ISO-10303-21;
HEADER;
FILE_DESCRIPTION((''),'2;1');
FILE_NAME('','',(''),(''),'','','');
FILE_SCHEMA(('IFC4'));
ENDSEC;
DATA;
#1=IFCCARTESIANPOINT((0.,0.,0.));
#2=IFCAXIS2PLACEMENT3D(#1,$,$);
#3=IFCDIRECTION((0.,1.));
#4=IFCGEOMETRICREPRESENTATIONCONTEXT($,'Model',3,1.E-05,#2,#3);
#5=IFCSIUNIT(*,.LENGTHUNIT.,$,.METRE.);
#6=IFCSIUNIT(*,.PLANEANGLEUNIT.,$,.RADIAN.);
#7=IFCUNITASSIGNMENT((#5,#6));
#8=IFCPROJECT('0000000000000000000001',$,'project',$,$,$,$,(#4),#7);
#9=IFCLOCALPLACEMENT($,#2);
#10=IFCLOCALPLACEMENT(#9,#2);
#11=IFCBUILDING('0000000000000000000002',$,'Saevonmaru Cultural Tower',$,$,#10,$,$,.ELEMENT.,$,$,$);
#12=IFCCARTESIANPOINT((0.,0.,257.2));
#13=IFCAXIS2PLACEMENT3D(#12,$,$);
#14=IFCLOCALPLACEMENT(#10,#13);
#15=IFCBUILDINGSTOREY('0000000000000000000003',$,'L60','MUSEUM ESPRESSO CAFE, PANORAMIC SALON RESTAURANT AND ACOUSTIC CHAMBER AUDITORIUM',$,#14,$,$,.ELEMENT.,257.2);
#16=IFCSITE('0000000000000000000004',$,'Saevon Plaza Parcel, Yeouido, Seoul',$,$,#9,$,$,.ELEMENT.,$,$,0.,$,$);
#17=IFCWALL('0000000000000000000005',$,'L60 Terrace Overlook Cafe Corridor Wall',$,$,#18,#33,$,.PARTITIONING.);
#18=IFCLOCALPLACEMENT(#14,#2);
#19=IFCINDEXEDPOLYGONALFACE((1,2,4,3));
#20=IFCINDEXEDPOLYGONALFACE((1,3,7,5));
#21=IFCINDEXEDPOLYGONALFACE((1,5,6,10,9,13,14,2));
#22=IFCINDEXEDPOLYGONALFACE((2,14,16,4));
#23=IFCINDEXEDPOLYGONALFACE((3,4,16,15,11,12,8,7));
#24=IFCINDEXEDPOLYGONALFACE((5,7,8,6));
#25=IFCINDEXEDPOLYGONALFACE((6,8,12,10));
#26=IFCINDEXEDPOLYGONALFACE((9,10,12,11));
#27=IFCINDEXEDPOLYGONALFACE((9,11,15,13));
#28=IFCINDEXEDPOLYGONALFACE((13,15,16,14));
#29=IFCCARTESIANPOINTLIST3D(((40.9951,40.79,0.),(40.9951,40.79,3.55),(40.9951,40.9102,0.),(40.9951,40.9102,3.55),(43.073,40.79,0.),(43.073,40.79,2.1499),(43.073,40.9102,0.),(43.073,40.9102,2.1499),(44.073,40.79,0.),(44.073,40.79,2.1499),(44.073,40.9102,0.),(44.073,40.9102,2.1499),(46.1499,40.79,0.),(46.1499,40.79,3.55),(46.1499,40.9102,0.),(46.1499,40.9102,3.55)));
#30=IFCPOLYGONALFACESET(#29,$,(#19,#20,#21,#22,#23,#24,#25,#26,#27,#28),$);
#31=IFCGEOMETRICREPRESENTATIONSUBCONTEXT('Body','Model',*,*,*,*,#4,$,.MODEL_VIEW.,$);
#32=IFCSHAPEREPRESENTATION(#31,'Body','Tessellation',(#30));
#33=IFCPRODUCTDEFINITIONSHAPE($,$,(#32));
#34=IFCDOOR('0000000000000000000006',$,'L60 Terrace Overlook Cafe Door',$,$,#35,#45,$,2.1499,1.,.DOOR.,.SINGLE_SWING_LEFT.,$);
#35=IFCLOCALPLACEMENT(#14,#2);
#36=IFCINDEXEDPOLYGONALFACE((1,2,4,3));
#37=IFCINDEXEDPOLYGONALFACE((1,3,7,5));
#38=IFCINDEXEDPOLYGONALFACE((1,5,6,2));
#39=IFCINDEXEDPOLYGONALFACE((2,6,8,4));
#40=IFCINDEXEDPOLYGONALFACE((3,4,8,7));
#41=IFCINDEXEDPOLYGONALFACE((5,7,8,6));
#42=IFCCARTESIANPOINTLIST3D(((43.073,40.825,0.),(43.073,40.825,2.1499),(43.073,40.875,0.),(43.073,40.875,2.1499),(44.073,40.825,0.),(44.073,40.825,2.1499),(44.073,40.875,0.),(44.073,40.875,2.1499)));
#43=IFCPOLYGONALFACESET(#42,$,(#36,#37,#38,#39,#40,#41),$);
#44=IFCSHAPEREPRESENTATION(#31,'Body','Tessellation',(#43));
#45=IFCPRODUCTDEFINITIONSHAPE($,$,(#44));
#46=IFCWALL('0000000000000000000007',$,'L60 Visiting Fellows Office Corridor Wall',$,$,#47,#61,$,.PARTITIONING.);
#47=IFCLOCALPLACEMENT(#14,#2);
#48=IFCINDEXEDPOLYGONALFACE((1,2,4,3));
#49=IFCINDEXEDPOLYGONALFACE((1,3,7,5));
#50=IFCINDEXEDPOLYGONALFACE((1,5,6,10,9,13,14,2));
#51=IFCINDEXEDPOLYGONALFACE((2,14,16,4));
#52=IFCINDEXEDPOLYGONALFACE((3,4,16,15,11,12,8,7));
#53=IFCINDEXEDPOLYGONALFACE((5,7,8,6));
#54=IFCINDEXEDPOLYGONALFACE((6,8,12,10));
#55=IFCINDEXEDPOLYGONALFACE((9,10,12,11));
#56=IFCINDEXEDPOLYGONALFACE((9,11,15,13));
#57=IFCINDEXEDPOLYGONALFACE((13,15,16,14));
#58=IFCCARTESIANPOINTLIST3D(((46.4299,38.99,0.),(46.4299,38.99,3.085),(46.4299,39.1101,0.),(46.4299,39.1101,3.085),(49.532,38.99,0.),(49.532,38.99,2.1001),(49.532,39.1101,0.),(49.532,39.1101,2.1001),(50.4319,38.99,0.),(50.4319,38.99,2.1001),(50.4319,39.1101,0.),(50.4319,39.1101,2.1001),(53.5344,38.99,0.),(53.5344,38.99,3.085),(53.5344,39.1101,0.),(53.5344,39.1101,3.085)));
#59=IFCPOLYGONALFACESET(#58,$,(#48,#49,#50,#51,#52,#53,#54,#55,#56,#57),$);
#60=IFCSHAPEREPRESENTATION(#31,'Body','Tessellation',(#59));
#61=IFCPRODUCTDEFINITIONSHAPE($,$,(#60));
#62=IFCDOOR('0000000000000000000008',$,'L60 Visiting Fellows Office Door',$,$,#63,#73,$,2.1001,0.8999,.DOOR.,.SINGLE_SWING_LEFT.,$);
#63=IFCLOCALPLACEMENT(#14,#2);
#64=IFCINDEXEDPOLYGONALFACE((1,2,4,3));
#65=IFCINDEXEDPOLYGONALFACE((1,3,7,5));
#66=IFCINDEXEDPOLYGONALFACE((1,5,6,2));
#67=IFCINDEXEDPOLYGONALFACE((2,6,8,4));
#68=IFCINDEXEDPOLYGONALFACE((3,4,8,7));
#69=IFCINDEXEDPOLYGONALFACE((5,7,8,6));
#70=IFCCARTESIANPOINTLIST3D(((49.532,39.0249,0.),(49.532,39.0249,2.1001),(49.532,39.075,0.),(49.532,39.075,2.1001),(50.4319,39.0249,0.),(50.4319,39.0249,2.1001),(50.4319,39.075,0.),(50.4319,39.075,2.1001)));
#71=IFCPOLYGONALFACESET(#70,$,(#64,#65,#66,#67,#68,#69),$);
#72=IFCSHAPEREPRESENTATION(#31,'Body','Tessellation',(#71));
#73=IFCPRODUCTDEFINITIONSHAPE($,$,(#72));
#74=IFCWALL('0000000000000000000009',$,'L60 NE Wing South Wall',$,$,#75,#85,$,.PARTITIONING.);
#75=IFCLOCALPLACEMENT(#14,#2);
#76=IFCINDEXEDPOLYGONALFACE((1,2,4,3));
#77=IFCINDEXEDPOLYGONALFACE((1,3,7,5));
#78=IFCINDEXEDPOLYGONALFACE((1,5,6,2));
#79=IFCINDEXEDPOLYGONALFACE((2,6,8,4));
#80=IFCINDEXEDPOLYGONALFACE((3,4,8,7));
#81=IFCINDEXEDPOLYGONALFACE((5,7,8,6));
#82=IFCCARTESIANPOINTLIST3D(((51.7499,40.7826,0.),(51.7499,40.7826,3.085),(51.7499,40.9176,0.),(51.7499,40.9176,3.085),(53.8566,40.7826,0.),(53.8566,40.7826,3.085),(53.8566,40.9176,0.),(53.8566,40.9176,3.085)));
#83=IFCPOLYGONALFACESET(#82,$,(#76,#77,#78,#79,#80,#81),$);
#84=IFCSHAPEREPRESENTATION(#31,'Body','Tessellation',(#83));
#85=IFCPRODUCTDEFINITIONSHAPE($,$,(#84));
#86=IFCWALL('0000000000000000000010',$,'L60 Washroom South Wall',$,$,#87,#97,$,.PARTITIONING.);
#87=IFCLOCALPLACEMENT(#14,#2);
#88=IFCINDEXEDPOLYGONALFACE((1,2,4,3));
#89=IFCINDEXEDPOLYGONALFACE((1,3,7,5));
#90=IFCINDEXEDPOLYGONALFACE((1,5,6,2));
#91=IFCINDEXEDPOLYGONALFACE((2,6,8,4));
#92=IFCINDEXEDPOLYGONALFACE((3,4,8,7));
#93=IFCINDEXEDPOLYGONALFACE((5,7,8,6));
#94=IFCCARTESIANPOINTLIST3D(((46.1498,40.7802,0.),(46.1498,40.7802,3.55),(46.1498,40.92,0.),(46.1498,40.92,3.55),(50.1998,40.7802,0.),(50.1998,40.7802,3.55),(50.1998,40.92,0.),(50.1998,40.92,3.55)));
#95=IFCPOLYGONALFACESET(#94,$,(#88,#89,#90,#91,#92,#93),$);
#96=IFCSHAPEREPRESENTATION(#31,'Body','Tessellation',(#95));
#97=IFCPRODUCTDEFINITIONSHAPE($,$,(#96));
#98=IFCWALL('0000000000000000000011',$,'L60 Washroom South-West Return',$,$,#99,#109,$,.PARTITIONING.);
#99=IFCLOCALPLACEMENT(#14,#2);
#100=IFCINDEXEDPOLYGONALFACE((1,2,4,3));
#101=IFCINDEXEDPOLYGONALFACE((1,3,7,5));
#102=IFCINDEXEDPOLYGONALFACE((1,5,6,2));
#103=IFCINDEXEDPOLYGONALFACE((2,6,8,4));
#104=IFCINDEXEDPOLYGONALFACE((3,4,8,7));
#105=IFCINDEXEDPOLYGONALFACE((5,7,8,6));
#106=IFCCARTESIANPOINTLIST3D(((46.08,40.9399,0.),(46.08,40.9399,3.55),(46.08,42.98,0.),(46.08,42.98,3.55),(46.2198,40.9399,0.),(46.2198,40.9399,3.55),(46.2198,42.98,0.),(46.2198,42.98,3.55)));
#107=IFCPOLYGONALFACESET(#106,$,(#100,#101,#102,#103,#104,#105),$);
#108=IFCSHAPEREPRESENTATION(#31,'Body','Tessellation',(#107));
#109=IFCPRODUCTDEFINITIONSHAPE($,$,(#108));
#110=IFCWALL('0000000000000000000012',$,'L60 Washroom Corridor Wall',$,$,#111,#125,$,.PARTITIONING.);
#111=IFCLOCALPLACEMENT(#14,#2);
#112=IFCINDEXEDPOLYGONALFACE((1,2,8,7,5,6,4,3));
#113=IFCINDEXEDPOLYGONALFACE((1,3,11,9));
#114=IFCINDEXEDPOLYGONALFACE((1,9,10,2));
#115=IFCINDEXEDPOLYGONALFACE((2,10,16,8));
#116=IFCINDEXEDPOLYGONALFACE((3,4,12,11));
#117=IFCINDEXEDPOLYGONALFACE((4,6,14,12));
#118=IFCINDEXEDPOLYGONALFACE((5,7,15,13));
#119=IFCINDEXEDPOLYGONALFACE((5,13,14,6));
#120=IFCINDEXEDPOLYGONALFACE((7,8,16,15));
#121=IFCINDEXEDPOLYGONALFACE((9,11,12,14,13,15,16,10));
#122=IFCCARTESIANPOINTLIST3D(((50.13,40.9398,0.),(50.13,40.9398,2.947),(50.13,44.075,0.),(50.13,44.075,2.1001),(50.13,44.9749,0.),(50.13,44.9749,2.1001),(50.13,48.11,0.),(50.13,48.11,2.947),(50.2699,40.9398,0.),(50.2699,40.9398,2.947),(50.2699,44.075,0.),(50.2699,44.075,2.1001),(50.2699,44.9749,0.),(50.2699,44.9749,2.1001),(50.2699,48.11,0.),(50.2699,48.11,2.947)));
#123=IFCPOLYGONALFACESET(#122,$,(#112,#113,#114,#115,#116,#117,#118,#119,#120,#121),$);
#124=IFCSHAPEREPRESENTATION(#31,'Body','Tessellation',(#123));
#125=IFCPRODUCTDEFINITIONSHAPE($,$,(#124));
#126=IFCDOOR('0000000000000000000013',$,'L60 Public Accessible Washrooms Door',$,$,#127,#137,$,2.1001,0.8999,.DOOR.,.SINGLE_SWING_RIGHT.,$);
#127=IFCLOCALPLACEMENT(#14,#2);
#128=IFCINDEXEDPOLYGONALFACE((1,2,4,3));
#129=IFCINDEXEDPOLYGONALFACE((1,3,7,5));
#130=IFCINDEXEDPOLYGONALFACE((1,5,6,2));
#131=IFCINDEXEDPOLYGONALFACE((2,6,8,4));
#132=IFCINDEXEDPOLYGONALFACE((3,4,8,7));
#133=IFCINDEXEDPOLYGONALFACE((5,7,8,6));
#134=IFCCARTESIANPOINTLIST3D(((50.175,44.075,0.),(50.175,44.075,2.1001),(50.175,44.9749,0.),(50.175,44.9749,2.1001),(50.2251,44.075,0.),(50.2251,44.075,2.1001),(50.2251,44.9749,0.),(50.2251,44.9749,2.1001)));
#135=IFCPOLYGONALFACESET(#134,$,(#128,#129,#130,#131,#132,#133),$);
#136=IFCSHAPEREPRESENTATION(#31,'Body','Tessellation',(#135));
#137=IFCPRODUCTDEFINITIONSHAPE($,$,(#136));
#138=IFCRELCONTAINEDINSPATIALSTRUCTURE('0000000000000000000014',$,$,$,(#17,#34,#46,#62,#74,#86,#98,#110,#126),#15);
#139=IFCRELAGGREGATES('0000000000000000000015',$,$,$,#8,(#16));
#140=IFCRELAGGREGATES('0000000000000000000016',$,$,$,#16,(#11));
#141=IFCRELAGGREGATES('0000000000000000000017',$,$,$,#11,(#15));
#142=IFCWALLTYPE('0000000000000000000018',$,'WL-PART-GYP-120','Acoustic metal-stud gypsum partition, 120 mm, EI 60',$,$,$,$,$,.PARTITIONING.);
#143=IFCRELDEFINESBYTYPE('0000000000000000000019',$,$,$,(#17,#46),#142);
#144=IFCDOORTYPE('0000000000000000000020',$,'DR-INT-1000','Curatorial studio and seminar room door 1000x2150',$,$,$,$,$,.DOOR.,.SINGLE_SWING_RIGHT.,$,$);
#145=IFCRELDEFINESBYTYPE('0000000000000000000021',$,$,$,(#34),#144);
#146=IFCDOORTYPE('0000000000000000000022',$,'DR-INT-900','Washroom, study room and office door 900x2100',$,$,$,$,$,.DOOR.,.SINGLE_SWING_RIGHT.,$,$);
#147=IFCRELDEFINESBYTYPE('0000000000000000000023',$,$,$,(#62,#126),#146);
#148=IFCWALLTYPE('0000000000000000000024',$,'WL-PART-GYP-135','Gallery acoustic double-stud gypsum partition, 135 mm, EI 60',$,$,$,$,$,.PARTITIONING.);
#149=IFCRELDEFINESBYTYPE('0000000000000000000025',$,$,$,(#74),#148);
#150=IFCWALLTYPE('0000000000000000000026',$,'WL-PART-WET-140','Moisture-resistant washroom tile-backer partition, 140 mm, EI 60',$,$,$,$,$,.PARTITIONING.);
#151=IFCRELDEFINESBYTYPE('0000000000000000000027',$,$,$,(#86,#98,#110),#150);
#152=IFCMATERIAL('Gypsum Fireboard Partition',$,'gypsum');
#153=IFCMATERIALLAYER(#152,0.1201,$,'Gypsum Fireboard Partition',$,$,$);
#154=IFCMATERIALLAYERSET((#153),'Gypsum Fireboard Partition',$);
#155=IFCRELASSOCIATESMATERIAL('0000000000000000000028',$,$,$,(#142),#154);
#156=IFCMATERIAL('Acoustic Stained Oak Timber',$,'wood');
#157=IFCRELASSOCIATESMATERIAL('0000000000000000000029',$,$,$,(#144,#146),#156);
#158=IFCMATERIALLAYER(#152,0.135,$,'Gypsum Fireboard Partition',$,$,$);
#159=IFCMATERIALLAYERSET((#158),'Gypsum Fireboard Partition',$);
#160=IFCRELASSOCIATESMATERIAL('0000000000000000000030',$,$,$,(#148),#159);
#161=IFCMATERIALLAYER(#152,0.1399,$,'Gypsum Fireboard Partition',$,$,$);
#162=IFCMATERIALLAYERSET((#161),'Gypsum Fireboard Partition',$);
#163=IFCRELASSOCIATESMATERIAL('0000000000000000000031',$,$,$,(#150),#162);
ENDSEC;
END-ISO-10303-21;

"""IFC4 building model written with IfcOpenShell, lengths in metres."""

from ifc_helpers import new_model, si_unit, direction, frame, frame_2d, origin, place, context, subcontext, project, spatial, rectangle, extrude, material, layer, layer_set, type_object, element, fill, save


model = new_model("IFC4")

# Units and contexts
model_context = context("Model", 3, precision=1e-05, world=origin(), true_north=direction((0.0, 1.0)))
body_context = subcontext(model_context, "Body", "Model", "MODEL_VIEW")
ifc_project = project(units=[si_unit("LENGTHUNIT", "METRE"), si_unit("PLANEANGLEUNIT", "RADIAN")], contexts=[model_context])

# Site, building, storey
site_placement = place(None, origin())
site = spatial("IfcSite", under=ifc_project, at=site_placement, Name="Saevon Plaza Parcel, Yeouido, Seoul", CompositionType="ELEMENT", RefElevation=0.0)
building_placement = place(site_placement, origin())
building = spatial("IfcBuilding", under=site, at=building_placement, Name="Saevonmaru Cultural Tower", CompositionType="ELEMENT")
storey_placement = place(building_placement, frame((0.0, 0.0, 257.2)))
storey = spatial("IfcBuildingStorey", under=building, at=storey_placement, Name="L60", Description="MUSEUM ESPRESSO CAFE, PANORAMIC SALON RESTAURANT AND ACOUSTIC CHAMBER AUDITORIUM", CompositionType="ELEMENT", Elevation=257.2)

# Walls, openings, doors
ifc_material_1 = material(Name="Gypsum Fireboard Partition", Category="gypsum")
ifc_layer_1 = layer(ifc_material_1, 0.1201, Name="Gypsum Fireboard Partition")
ifc_layer_set_1 = layer_set([ifc_layer_1], Name="Gypsum Fireboard Partition")
wall_type_1 = type_object("IfcWallType", Name="WL-PART-GYP-120", Description="Acoustic metal-stud gypsum partition, 120 mm, EI 60", PredefinedType="PARTITIONING", material=ifc_layer_set_1)
wall_1_placement = place(storey_placement, frame((40.9951, 40.8501, 0.0), z_axis=(0.0, 0.0, 1.0), x_axis=(1.0, 0.0, 0.0)))
wall_1 = element("IfcWall", 1, at=wall_1_placement, inside=storey, type_object=wall_type_1, Name="L60 Terrace Overlook Cafe Corridor Wall", PredefinedType="PARTITIONING", context=body_context, shape_type="SweptSolid", body=[
    extrude(rectangle(XDim=5.1548, YDim=0.1201, at=frame_2d((2.5774, 0.0))), origin(), (0.0, 0.0, 1.0), 3.55),
])
opening_1_placement = place(wall_1_placement, frame((2.0779, 0.0, 0.0)))
opening_1 = element("IfcOpeningElement", 2, at=opening_1_placement, cuts=wall_1, PredefinedType="OPENING", context=body_context, shape_type="SweptSolid", body=[
    extrude(rectangle(XDim=1.0, YDim=2.1499, at=frame_2d((0.5, 1.075))), frame((0.0, 0.0701, 0.0), z_axis=(0.0, -1.0, 0.0), x_axis=(1.0, 0.0, 0.0)), (0.0, 0.0, 1.0), 0.1401),
])
ifc_material_2 = material(Name="Acoustic Stained Oak Timber", Category="wood")
door_type_1 = type_object("IfcDoorType", Name="DR-INT-1000", Description="Curatorial studio and seminar room door 1000x2150", OperationType="SINGLE_SWING_RIGHT", PredefinedType="DOOR", material=ifc_material_2)
door_1_placement = place(opening_1_placement, origin())
door_1 = element("IfcDoor", 3, at=door_1_placement, inside=storey, type_object=door_type_1, Name="L60 Terrace Overlook Cafe Door", OperationType="SINGLE_SWING_LEFT", OverallHeight=2.1499, OverallWidth=1.0, PredefinedType="DOOR", context=body_context, shape_type="SweptSolid", body=[
    extrude(rectangle(XDim=1.0, YDim=2.1499, at=frame_2d((0.5, 1.075))), frame((0.0, 0.0249, 0.0), z_axis=(0.0, -1.0, 0.0), x_axis=(1.0, 0.0, 0.0)), (0.0, 0.0, 1.0), 0.05),
])
fill(opening_1, door_1)
wall_2_placement = place(storey_placement, frame((46.4299, 39.05, 0.0), z_axis=(0.0, 0.0, 1.0), x_axis=(1.0, 0.0, 0.0)))
wall_2 = element("IfcWall", 4, at=wall_2_placement, inside=storey, type_object=wall_type_1, Name="L60 Visiting Fellows Office Corridor Wall", PredefinedType="PARTITIONING", context=body_context, shape_type="SweptSolid", body=[
    extrude(rectangle(XDim=7.1045, YDim=0.1201, at=frame_2d((3.5522, 0.0))), origin(), (0.0, 0.0, 1.0), 3.085),
])
opening_2_placement = place(wall_2_placement, frame((3.1021, 0.0, 0.0)))
opening_2 = element("IfcOpeningElement", 5, at=opening_2_placement, cuts=wall_2, PredefinedType="OPENING", context=body_context, shape_type="SweptSolid", body=[
    extrude(rectangle(XDim=0.8999, YDim=2.1001, at=frame_2d((0.45, 1.05))), frame((0.0, 0.0701, 0.0), z_axis=(0.0, -1.0, 0.0), x_axis=(1.0, 0.0, 0.0)), (0.0, 0.0, 1.0), 0.1401),
])
door_type_2 = type_object("IfcDoorType", Name="DR-INT-900", Description="Washroom, study room and office door 900x2100", OperationType="SINGLE_SWING_RIGHT", PredefinedType="DOOR", material=ifc_material_2)
door_2_placement = place(opening_2_placement, origin())
door_2 = element("IfcDoor", 6, at=door_2_placement, inside=storey, type_object=door_type_2, Name="L60 Visiting Fellows Office Door", OperationType="SINGLE_SWING_LEFT", OverallHeight=2.1001, OverallWidth=0.8999, PredefinedType="DOOR", context=body_context, shape_type="SweptSolid", body=[
    extrude(rectangle(XDim=0.8999, YDim=2.1001, at=frame_2d((0.45, 1.05))), frame((0.0, 0.0249, 0.0), z_axis=(0.0, -1.0, 0.0), x_axis=(1.0, 0.0, 0.0)), (0.0, 0.0, 1.0), 0.05),
])
fill(opening_2, door_2)

# Walls
ifc_layer_2 = layer(ifc_material_1, 0.135, Name="Gypsum Fireboard Partition")
ifc_layer_set_2 = layer_set([ifc_layer_2], Name="Gypsum Fireboard Partition")
wall_type_2 = type_object("IfcWallType", Name="WL-PART-GYP-135", Description="Gallery acoustic double-stud gypsum partition, 135 mm, EI 60", PredefinedType="PARTITIONING", material=ifc_layer_set_2)
wall_3_placement = place(storey_placement, frame((51.75, 40.8501, 0.0), z_axis=(0.0, 0.0, 1.0), x_axis=(1.0, 0.0, 0.0)))
element("IfcWall", 7, at=wall_3_placement, inside=storey, type_object=wall_type_2, Name="L60 NE Wing South Wall", PredefinedType="PARTITIONING", context=body_context, shape_type="SweptSolid", body=[
    extrude(rectangle(XDim=2.1067, YDim=0.135, at=frame_2d((1.0532, 0.0))), origin(), (0.0, 0.0, 1.0), 3.085),
])
ifc_layer_3 = layer(ifc_material_1, 0.1399, Name="Gypsum Fireboard Partition")
ifc_layer_set_3 = layer_set([ifc_layer_3], Name="Gypsum Fireboard Partition")
wall_type_3 = type_object("IfcWallType", Name="WL-PART-WET-140", Description="Moisture-resistant washroom tile-backer partition, 140 mm, EI 60", PredefinedType="PARTITIONING", material=ifc_layer_set_3)
wall_4_placement = place(storey_placement, frame((46.1499, 40.8501, 0.0), z_axis=(0.0, 0.0, 1.0), x_axis=(1.0, 0.0, 0.0)))
element("IfcWall", 8, at=wall_4_placement, inside=storey, type_object=wall_type_3, Name="L60 Washroom South Wall", PredefinedType="PARTITIONING", context=body_context, shape_type="SweptSolid", body=[
    extrude(rectangle(XDim=4.05, YDim=0.1399, at=frame_2d((2.0249, 0.0))), origin(), (0.0, 0.0, 1.0), 3.55),
])
wall_5_placement = place(storey_placement, frame((46.1499, 40.9399, 0.0), z_axis=(0.0, 0.0, 1.0), x_axis=(0.0, 1.0, 0.0)))
element("IfcWall", 9, at=wall_5_placement, inside=storey, type_object=wall_type_3, Name="L60 Washroom South-West Return", PredefinedType="PARTITIONING", context=body_context, shape_type="SweptSolid", body=[
    extrude(rectangle(XDim=2.04, YDim=0.1399, at=frame_2d((1.02, 0.0))), origin(), (0.0, 0.0, 1.0), 3.55),
])

# Wall, opening, door
wall_6_placement = place(storey_placement, frame((50.2, 40.9399, 0.0), z_axis=(0.0, 0.0, 1.0), x_axis=(0.0, 1.0, 0.0)))
wall_6 = element("IfcWall", 10, at=wall_6_placement, inside=storey, type_object=wall_type_3, Name="L60 Washroom Corridor Wall", PredefinedType="PARTITIONING", context=body_context, shape_type="SweptSolid", body=[
    extrude(rectangle(XDim=7.1702, YDim=0.1399, at=frame_2d((3.585, 0.0))), origin(), (0.0, 0.0, 1.0), 2.947),
])
opening_3_placement = place(wall_6_placement, frame((3.135, 0.0, 0.0)))
opening_3 = element("IfcOpeningElement", 11, at=opening_3_placement, cuts=wall_6, PredefinedType="OPENING", context=body_context, shape_type="SweptSolid", body=[
    extrude(rectangle(XDim=0.8999, YDim=2.1001, at=frame_2d((0.45, 1.05))), frame((0.0, 0.0801, 0.0), z_axis=(0.0, -1.0, 0.0), x_axis=(1.0, 0.0, 0.0)), (0.0, 0.0, 1.0), 0.1599),
])
door_3_placement = place(opening_3_placement, origin())
door_3 = element("IfcDoor", 12, at=door_3_placement, inside=storey, type_object=door_type_2, Name="L60 Public Accessible Washrooms Door", OperationType="SINGLE_SWING_RIGHT", OverallHeight=2.1001, OverallWidth=0.8999, PredefinedType="DOOR", context=body_context, shape_type="SweptSolid", body=[
    extrude(rectangle(XDim=0.8999, YDim=2.1001, at=frame_2d((0.45, 1.05))), frame((0.0, 0.0249, 0.0), z_axis=(0.0, -1.0, 0.0), x_axis=(1.0, 0.0, 0.0)), (0.0, 0.0, 1.0), 0.05),
])
fill(opening_3, door_3)

save(model, "model.ifc")
